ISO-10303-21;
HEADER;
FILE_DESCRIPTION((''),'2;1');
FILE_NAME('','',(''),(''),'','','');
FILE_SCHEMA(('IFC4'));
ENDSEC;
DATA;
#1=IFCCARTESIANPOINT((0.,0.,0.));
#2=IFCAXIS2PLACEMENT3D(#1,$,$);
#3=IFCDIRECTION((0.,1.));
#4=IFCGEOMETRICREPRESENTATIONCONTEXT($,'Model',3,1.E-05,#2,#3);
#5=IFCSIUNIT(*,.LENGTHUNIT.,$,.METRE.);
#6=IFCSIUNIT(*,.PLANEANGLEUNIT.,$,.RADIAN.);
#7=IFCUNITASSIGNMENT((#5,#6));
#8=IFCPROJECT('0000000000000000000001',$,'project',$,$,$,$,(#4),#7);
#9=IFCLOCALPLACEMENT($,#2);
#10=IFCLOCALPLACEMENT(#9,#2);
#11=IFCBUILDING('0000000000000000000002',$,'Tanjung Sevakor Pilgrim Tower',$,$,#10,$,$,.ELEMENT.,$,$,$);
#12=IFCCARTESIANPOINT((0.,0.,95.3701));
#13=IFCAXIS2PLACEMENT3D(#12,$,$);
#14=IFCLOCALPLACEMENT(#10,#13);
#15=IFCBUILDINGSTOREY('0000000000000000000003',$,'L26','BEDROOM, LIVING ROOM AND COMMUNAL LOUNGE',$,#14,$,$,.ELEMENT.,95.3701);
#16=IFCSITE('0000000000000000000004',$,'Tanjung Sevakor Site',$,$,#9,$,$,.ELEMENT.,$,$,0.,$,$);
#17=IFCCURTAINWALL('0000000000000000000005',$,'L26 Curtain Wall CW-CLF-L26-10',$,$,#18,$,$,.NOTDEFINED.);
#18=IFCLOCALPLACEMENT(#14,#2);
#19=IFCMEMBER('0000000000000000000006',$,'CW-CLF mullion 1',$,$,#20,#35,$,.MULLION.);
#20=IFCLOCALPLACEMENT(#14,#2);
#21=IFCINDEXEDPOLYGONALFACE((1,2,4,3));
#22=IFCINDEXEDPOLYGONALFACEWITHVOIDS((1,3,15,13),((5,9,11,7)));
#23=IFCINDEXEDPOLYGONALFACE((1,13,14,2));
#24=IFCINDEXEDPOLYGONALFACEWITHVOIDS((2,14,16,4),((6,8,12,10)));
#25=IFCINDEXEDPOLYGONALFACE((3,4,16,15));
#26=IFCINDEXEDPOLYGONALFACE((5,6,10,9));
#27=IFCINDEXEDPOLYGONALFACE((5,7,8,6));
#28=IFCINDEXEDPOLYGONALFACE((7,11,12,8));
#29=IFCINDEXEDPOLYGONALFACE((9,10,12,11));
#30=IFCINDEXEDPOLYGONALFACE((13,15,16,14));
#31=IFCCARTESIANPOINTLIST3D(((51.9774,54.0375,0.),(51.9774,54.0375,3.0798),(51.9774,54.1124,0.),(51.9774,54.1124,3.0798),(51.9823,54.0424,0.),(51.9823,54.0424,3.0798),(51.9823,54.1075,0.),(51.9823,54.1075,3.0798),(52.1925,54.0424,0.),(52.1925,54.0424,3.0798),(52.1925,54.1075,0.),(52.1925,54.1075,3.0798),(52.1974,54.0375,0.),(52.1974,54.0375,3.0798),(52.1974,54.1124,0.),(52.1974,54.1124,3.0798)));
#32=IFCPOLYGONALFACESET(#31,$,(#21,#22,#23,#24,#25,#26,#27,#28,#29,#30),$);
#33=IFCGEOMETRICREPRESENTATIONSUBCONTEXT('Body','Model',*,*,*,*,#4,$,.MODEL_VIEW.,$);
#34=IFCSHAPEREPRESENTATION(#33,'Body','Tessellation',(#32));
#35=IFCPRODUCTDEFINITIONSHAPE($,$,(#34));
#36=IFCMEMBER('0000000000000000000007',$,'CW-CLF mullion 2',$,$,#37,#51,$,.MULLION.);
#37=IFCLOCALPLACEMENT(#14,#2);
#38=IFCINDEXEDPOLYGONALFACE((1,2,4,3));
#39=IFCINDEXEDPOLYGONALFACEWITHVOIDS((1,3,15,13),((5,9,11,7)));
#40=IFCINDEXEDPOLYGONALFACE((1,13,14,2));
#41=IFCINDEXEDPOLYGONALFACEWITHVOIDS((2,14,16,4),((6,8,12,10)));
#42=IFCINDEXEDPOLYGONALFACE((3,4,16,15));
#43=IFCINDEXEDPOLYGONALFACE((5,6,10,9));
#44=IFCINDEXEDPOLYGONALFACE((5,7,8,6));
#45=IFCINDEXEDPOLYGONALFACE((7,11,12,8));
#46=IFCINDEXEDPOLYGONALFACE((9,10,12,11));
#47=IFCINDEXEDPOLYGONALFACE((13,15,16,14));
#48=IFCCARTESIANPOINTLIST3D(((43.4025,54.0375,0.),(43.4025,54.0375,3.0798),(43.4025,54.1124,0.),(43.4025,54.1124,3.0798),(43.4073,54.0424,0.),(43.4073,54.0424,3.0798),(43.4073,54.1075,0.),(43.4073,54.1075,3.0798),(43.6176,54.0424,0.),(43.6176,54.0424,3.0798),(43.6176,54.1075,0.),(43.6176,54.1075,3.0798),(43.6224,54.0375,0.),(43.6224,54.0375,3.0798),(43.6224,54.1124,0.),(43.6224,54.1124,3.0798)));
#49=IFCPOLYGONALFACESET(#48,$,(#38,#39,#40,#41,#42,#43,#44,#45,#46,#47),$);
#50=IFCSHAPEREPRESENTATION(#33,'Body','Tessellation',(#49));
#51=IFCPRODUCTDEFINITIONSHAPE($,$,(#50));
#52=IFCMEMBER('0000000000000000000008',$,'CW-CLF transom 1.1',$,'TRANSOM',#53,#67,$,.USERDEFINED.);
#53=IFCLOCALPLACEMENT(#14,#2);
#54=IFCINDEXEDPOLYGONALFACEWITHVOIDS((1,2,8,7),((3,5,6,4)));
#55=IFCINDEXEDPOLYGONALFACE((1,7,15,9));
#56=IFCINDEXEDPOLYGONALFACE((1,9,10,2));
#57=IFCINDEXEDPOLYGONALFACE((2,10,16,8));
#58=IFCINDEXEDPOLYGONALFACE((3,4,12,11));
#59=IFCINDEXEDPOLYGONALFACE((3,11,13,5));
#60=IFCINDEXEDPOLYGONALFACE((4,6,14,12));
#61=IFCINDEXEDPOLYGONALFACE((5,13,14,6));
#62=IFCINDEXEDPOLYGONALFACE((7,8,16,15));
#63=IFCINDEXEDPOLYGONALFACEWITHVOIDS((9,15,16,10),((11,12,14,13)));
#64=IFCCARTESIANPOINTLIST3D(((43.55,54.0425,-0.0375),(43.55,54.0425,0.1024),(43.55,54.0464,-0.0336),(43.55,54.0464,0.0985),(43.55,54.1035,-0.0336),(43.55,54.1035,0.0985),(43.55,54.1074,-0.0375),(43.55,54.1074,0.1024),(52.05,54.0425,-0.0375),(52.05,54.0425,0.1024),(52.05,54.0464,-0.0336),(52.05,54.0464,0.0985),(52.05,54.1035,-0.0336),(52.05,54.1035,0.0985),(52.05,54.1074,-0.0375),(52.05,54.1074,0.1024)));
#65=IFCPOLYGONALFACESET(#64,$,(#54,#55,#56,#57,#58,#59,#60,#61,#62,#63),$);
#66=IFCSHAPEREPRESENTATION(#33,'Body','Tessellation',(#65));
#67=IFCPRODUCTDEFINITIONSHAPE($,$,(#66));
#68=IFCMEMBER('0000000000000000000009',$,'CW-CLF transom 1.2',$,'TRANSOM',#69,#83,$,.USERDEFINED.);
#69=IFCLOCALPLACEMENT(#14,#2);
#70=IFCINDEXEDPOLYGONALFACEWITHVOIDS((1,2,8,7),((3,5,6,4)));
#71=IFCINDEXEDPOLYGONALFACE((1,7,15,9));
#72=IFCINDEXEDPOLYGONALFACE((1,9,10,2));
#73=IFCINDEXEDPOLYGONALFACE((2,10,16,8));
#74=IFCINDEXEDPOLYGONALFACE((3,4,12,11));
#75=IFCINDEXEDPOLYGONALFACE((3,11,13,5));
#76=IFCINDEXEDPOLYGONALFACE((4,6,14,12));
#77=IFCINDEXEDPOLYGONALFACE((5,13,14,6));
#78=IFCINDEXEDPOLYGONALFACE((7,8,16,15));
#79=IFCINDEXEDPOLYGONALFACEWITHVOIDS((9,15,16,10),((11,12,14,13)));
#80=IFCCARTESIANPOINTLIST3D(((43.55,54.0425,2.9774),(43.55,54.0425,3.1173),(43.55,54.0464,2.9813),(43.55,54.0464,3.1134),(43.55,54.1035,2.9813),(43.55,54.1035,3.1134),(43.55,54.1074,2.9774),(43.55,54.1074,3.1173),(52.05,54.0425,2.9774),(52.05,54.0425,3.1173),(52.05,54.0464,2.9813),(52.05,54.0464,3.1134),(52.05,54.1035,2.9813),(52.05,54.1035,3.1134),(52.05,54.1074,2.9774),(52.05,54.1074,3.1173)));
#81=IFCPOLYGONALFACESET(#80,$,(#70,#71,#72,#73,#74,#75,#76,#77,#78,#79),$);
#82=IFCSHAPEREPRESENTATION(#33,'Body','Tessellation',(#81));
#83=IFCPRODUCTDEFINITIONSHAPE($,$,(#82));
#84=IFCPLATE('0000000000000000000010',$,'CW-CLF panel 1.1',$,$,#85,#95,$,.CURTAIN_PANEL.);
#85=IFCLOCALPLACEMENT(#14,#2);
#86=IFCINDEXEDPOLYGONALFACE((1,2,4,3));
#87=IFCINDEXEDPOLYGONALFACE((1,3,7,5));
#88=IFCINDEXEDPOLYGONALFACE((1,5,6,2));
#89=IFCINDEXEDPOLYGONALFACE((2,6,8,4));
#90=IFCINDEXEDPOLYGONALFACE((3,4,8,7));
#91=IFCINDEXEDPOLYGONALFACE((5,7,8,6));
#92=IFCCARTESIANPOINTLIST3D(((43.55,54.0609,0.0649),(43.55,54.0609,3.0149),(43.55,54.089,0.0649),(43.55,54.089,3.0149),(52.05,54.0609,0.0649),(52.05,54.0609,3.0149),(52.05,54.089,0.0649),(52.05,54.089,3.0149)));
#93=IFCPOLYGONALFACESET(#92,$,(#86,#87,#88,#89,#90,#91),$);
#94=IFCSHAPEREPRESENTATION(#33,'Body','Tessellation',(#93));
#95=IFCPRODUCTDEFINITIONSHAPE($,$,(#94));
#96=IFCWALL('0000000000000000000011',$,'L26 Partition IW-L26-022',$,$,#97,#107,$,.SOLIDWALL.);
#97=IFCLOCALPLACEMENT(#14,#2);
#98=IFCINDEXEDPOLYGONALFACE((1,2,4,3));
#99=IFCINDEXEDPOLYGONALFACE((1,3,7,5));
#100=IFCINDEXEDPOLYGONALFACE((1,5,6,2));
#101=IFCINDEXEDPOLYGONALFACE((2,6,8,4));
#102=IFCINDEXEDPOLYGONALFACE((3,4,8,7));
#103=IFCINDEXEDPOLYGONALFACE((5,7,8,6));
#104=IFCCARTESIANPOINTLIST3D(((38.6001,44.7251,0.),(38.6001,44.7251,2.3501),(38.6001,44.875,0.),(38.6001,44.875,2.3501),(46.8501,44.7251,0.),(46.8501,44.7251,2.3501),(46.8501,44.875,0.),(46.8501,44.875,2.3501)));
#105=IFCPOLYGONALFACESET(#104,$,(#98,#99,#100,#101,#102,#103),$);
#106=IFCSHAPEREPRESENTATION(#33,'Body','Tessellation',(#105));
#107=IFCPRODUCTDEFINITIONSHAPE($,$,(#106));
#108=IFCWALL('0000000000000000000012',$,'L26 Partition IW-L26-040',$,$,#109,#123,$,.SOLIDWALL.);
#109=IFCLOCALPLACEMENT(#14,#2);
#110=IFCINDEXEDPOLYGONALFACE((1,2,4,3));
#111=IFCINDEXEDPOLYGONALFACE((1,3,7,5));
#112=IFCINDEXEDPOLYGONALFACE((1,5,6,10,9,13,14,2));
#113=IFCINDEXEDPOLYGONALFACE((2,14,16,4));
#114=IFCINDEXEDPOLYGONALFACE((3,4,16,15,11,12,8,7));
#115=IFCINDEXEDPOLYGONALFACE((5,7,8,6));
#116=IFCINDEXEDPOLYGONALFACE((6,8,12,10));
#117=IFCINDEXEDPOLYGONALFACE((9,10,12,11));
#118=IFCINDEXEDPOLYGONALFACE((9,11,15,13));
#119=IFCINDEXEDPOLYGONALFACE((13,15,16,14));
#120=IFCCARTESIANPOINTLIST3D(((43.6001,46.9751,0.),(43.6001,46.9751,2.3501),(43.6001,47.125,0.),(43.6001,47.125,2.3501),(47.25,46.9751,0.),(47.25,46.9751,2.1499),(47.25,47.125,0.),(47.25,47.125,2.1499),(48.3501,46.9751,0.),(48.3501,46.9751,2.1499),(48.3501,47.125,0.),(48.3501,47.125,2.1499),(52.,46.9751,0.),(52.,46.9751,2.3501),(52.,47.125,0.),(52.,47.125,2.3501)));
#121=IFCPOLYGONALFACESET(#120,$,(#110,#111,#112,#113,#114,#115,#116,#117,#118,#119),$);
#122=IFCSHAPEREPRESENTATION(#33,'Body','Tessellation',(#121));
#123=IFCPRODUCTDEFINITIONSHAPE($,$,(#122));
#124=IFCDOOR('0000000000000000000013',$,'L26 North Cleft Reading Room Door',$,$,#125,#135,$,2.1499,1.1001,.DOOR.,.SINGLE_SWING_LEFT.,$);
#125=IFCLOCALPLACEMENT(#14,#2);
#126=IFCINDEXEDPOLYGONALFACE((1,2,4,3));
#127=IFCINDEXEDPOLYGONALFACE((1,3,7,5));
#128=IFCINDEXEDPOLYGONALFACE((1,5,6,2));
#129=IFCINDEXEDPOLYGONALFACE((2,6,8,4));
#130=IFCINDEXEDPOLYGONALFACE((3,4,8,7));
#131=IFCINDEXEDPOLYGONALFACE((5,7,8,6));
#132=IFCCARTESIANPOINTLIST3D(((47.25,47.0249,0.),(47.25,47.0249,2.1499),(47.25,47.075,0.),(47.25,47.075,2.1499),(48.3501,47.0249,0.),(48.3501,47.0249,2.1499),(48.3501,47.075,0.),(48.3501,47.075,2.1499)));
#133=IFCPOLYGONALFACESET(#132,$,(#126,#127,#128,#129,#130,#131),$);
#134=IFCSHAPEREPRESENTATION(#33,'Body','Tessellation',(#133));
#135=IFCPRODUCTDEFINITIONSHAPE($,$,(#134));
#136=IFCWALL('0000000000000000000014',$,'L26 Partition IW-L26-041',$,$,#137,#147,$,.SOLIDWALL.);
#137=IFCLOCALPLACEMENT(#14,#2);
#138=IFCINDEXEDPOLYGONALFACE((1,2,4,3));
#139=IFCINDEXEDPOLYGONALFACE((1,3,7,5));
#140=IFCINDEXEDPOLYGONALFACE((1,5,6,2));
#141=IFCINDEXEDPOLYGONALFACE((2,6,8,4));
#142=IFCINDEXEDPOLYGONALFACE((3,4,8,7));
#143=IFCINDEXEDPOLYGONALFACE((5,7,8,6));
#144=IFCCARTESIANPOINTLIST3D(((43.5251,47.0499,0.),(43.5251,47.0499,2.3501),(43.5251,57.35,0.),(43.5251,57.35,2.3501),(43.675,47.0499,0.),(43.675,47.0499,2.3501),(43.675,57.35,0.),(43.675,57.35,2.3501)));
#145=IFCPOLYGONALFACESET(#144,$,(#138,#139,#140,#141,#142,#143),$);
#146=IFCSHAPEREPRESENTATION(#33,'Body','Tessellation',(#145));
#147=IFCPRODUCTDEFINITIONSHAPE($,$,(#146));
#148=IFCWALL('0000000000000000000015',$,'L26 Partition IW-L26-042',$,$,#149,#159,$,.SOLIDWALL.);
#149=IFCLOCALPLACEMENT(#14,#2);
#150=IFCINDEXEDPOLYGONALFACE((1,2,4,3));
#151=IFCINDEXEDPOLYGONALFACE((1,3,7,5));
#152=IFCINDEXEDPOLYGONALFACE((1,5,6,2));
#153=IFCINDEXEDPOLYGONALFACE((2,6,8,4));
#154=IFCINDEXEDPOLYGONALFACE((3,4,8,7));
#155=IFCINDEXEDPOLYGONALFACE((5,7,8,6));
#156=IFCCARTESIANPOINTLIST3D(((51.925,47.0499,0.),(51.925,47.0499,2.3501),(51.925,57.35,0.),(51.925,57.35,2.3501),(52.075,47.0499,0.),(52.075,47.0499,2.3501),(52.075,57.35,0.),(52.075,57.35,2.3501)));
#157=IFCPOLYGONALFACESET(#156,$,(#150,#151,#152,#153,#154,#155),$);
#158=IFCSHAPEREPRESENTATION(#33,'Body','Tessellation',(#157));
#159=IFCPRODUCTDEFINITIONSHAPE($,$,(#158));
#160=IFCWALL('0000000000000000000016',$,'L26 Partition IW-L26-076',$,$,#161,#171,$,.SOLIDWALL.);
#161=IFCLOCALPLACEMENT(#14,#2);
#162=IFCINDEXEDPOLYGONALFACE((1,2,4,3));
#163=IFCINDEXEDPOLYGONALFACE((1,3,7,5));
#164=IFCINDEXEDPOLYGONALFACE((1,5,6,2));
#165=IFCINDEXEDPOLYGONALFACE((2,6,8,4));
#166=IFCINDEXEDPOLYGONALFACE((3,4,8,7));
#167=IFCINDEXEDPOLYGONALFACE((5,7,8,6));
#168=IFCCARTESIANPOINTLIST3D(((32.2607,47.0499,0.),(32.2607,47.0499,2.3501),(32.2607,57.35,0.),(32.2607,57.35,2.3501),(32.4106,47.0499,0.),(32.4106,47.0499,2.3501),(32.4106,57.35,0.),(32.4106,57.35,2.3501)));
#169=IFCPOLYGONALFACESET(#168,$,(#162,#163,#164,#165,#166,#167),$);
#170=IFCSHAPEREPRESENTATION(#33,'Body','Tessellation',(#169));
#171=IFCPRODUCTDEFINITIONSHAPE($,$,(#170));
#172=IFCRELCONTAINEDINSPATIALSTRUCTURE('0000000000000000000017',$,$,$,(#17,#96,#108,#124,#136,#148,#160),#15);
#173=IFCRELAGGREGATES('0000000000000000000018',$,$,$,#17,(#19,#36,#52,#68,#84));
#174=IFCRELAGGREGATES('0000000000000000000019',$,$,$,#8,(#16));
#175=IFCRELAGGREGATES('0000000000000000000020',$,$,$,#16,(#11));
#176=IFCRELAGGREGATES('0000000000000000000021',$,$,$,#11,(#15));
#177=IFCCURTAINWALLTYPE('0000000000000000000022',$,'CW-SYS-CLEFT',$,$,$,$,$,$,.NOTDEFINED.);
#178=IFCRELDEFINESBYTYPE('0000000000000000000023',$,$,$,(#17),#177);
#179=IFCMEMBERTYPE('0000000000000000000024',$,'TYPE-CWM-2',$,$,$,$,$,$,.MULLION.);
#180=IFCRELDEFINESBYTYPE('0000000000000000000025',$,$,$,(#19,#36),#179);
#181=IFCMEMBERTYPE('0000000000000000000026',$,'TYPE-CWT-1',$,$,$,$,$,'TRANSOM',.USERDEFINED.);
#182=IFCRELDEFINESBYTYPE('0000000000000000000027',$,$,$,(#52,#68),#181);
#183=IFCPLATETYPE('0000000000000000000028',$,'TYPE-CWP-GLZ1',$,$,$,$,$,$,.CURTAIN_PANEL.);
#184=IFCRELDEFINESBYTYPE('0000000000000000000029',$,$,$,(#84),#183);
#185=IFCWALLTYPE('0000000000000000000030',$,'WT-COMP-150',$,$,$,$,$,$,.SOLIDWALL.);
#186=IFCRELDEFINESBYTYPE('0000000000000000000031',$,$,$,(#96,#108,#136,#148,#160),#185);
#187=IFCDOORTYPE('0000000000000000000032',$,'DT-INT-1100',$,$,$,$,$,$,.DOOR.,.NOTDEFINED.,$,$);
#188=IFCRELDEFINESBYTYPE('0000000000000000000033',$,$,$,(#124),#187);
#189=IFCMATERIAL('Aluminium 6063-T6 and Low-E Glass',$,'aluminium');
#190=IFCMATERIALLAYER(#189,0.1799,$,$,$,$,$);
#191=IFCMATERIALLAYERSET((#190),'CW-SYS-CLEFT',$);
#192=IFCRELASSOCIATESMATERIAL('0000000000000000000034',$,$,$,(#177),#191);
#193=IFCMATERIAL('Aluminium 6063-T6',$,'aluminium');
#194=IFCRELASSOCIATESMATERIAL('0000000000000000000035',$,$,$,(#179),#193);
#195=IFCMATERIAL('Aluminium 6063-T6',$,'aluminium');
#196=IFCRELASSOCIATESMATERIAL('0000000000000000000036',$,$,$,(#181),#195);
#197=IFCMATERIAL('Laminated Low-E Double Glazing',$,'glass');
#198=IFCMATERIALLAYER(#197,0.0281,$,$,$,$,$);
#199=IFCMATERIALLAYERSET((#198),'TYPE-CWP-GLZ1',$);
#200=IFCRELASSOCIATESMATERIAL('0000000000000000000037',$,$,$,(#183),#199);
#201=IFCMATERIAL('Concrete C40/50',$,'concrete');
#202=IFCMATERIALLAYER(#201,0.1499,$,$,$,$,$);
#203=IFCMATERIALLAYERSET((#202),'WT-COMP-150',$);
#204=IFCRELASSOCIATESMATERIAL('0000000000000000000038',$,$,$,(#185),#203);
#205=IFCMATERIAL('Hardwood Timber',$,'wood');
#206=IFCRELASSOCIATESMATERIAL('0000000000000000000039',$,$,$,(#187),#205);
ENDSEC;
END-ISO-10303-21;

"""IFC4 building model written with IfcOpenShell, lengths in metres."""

from ifc_helpers import new_model, si_unit, direction, frame, frame_2d, origin, origin_2d, place, context, subcontext, project, spatial, rectangle, hollow_rectangle, extrude, material, layer, layer_set, material_profile, profile_set, type_object, element, fill, aggregate, save


model = new_model("IFC4")

# Units and contexts
model_context = context("Model", 3, precision=1e-05, world=origin(), true_north=direction((0.0, 1.0)))
body_context = subcontext(model_context, "Body", "Model", "MODEL_VIEW")
ifc_project = project(units=[si_unit("LENGTHUNIT", "METRE"), si_unit("PLANEANGLEUNIT", "RADIAN")], contexts=[model_context])

# Site, building, storey
site_placement = place(None, origin())
site = spatial("IfcSite", under=ifc_project, at=site_placement, Name="Tanjung Sevakor Site", CompositionType="ELEMENT", RefElevation=0.0)
building_placement = place(site_placement, origin())
building = spatial("IfcBuilding", under=site, at=building_placement, Name="Tanjung Sevakor Pilgrim Tower", CompositionType="ELEMENT")
storey_placement = place(building_placement, frame((0.0, 0.0, 95.3701)))
storey = spatial("IfcBuildingStorey", under=building, at=storey_placement, Name="L26", Description="BEDROOM, LIVING ROOM AND COMMUNAL LOUNGE", CompositionType="ELEMENT", Elevation=95.3701)

# Curtain wall, members, plate
ifc_material_1 = material(Name="Aluminium 6063-T6 and Low-E Glass", Category="aluminium")
ifc_layer_1 = layer(ifc_material_1, 0.1799)
ifc_layer_set_1 = layer_set([ifc_layer_1], Name="CW-SYS-CLEFT")
curtain_wall_type = type_object("IfcCurtainWallType", Name="CW-SYS-CLEFT", PredefinedType="NOTDEFINED", material=ifc_layer_set_1)
curtain_wall_placement = place(storey_placement, origin())
curtain_wall = element("IfcCurtainWall", 1, at=curtain_wall_placement, inside=storey, type_object=curtain_wall_type, Name="L26 Curtain Wall CW-CLF-L26-10", PredefinedType="NOTDEFINED")
ifc_material_2 = material(Name="Aluminium 6063-T6", Category="aluminium")
ifc_material_profile_1 = material_profile(ifc_material_2, hollow_rectangle(XDim=0.075, YDim=0.22, WallThickness=0.0049, at=origin_2d()))
ifc_profile_set_1 = profile_set([ifc_material_profile_1], Name="Aluminium 6063-T6")
member_type_1 = type_object("IfcMemberType", Name="TYPE-CWM-2", PredefinedType="MULLION", material=ifc_profile_set_1)
member_1_placement = place(storey_placement, frame((52.0874, 54.075, 0.0), z_axis=(0.0, 0.0, 1.0), x_axis=(0.0, -1.0, 0.0)))
member_1 = element("IfcMember", 2, at=member_1_placement, type_object=member_type_1, Name="CW-CLF mullion 1", PredefinedType="MULLION", context=body_context, shape_type="SweptSolid", body=[
    extrude(hollow_rectangle(XDim=0.075, YDim=0.22, WallThickness=0.0049, at=origin_2d()), origin(), (0.0, 0.0, 1.0), 3.0798),
])
member_2_placement = place(storey_placement, frame((43.5125, 54.075, 0.0), z_axis=(0.0, 0.0, 1.0), x_axis=(0.0, -1.0, 0.0)))
member_2 = element("IfcMember", 3, at=member_2_placement, type_object=member_type_1, Name="CW-CLF mullion 2", PredefinedType="MULLION", context=body_context, shape_type="SweptSolid", body=[
    extrude(hollow_rectangle(XDim=0.075, YDim=0.22, WallThickness=0.0049, at=origin_2d()), origin(), (0.0, 0.0, 1.0), 3.0798),
])
ifc_material_3 = material(Name="Aluminium 6063-T6", Category="aluminium")
ifc_material_profile_2 = material_profile(ifc_material_3, hollow_rectangle(XDim=0.0649, YDim=0.1399, WallThickness=0.0039, at=origin_2d()))
ifc_profile_set_2 = profile_set([ifc_material_profile_2], Name="Aluminium 6063-T6")
member_type_2 = type_object("IfcMemberType", Name="TYPE-CWT-1", ElementType="TRANSOM", PredefinedType="USERDEFINED", material=ifc_profile_set_2)
member_3_placement = place(storey_placement, frame((52.05, 54.075, 0.0325), z_axis=(-1.0, 0.0, 0.0), x_axis=(0.0, -1.0, 0.0)))
member_3 = element("IfcMember", 4, at=member_3_placement, type_object=member_type_2, Name="CW-CLF transom 1.1", ObjectType="TRANSOM", PredefinedType="USERDEFINED", context=body_context, shape_type="SweptSolid", body=[
    extrude(hollow_rectangle(XDim=0.0649, YDim=0.1399, WallThickness=0.0039, at=origin_2d()), origin(), (0.0, 0.0, 1.0), 8.5),
])
member_4_placement = place(storey_placement, frame((52.05, 54.075, 3.0474), z_axis=(-1.0, 0.0, 0.0), x_axis=(0.0, -1.0, 0.0)))
member_4 = element("IfcMember", 5, at=member_4_placement, type_object=member_type_2, Name="CW-CLF transom 1.2", ObjectType="TRANSOM", PredefinedType="USERDEFINED", context=body_context, shape_type="SweptSolid", body=[
    extrude(hollow_rectangle(XDim=0.0649, YDim=0.1399, WallThickness=0.0039, at=origin_2d()), origin(), (0.0, 0.0, 1.0), 8.5),
])
ifc_material_4 = material(Name="Laminated Low-E Double Glazing", Category="glass")
ifc_layer_2 = layer(ifc_material_4, 0.0281)
ifc_layer_set_2 = layer_set([ifc_layer_2], Name="TYPE-CWP-GLZ1")
plate_type = type_object("IfcPlateType", Name="TYPE-CWP-GLZ1", PredefinedType="CURTAIN_PANEL", material=ifc_layer_set_2)
plate_placement = place(storey_placement, frame((47.8, 54.075, 0.0649), z_axis=(0.0, 0.0, 1.0), x_axis=(-1.0, 0.0, 0.0)))
plate = element("IfcPlate", 6, at=plate_placement, type_object=plate_type, Name="CW-CLF panel 1.1", PredefinedType="CURTAIN_PANEL", context=body_context, shape_type="SweptSolid", body=[
    extrude(rectangle(XDim=8.5, YDim=0.0281, at=origin_2d()), origin(), (0.0, 0.0, 1.0), 2.95),
])
aggregate(curtain_wall, [member_1, member_2, member_3, member_4, plate])

# Wall
ifc_material_5 = material(Name="Concrete C40/50", Category="concrete")
ifc_layer_3 = layer(ifc_material_5, 0.1499)
ifc_layer_set_3 = layer_set([ifc_layer_3], Name="WT-COMP-150")
wall_type_1 = type_object("IfcWallType", Name="WT-COMP-150", PredefinedType="SOLIDWALL", material=ifc_layer_set_3)
wall_1_placement = place(storey_placement, frame((38.6001, 44.8, 0.0), z_axis=(0.0, 0.0, 1.0), x_axis=(1.0, 0.0, 0.0)))
element("IfcWall", 7, at=wall_1_placement, inside=storey, type_object=wall_type_1, Name="L26 Partition IW-L26-022", PredefinedType="SOLIDWALL", context=body_context, shape_type="SweptSolid", body=[
    extrude(rectangle(XDim=8.25, YDim=0.1499, at=frame_2d((4.125, 0.0))), origin(), (0.0, 0.0, 1.0), 2.3501),
])

# Wall, opening, door
wall_2_placement = place(storey_placement, frame((43.6001, 47.05, 0.0), z_axis=(0.0, 0.0, 1.0), x_axis=(1.0, 0.0, 0.0)))
wall_2 = element("IfcWall", 8, at=wall_2_placement, inside=storey, type_object=wall_type_1, Name="L26 Partition IW-L26-040", PredefinedType="SOLIDWALL", context=body_context, shape_type="SweptSolid", body=[
    extrude(rectangle(XDim=8.3999, YDim=0.1499, at=frame_2d((4.2, 0.0))), origin(), (0.0, 0.0, 1.0), 2.3501),
])
opening_1_placement = place(wall_2_placement, frame((3.6499, 0.0, 0.0)))
opening_1 = element("IfcOpeningElement", 9, at=opening_1_placement, cuts=wall_2, PredefinedType="OPENING", context=body_context, shape_type="SweptSolid", body=[
    extrude(rectangle(XDim=1.1001, YDim=2.1499, at=frame_2d((0.55, 1.075))), frame((0.0, 0.085, 0.0), z_axis=(0.0, -1.0, 0.0), x_axis=(1.0, 0.0, 0.0)), (0.0, 0.0, 1.0), 0.1699),
])
ifc_material_6 = material(Name="Hardwood Timber", Category="wood")
door_type_1 = type_object("IfcDoorType", Name="DT-INT-1100", OperationType="NOTDEFINED", PredefinedType="DOOR", material=ifc_material_6)
door_1_placement = place(opening_1_placement, origin())
door_1 = element("IfcDoor", 10, at=door_1_placement, inside=storey, type_object=door_type_1, Name="L26 North Cleft Reading Room Door", OperationType="SINGLE_SWING_LEFT", OverallHeight=2.1499, OverallWidth=1.1001, PredefinedType="DOOR", context=body_context, shape_type="SweptSolid", body=[
    extrude(rectangle(XDim=1.1001, YDim=2.1499, at=frame_2d((0.55, 1.075))), frame((0.0, 0.0249, 0.0), z_axis=(0.0, -1.0, 0.0), x_axis=(1.0, 0.0, 0.0)), (0.0, 0.0, 1.0), 0.05),
])
fill(opening_1, door_1)

# Walls
for number, where, z_axis, x_axis, name in (
    (11, (43.6001, 47.05, 0.0), (0.0, 0.0, 1.0), (0.0, 1.0, 0.0), "L26 Partition IW-L26-041"),
    (12, (52.0, 47.05, 0.0), (0.0, 0.0, 1.0), (0.0, 1.0, 0.0), "L26 Partition IW-L26-042"),
    (13, (32.3357, 47.05, 0.0), (0.0, 0.0, 1.0), (0.0, 1.0, 0.0), "L26 Partition IW-L26-076"),
):
    element("IfcWall", number, at=place(storey_placement, frame(where, z_axis=z_axis, x_axis=x_axis)), inside=storey, type_object=wall_type_1, Name=name, PredefinedType="SOLIDWALL", context=body_context, shape_type="SweptSolid", body=[
        extrude(rectangle(XDim=10.3, YDim=0.1499, at=frame_2d((5.1499, 0.0))), origin(), (0.0, 0.0, 1.0), 2.3501),
    ])

save(model, "model.ifc")
